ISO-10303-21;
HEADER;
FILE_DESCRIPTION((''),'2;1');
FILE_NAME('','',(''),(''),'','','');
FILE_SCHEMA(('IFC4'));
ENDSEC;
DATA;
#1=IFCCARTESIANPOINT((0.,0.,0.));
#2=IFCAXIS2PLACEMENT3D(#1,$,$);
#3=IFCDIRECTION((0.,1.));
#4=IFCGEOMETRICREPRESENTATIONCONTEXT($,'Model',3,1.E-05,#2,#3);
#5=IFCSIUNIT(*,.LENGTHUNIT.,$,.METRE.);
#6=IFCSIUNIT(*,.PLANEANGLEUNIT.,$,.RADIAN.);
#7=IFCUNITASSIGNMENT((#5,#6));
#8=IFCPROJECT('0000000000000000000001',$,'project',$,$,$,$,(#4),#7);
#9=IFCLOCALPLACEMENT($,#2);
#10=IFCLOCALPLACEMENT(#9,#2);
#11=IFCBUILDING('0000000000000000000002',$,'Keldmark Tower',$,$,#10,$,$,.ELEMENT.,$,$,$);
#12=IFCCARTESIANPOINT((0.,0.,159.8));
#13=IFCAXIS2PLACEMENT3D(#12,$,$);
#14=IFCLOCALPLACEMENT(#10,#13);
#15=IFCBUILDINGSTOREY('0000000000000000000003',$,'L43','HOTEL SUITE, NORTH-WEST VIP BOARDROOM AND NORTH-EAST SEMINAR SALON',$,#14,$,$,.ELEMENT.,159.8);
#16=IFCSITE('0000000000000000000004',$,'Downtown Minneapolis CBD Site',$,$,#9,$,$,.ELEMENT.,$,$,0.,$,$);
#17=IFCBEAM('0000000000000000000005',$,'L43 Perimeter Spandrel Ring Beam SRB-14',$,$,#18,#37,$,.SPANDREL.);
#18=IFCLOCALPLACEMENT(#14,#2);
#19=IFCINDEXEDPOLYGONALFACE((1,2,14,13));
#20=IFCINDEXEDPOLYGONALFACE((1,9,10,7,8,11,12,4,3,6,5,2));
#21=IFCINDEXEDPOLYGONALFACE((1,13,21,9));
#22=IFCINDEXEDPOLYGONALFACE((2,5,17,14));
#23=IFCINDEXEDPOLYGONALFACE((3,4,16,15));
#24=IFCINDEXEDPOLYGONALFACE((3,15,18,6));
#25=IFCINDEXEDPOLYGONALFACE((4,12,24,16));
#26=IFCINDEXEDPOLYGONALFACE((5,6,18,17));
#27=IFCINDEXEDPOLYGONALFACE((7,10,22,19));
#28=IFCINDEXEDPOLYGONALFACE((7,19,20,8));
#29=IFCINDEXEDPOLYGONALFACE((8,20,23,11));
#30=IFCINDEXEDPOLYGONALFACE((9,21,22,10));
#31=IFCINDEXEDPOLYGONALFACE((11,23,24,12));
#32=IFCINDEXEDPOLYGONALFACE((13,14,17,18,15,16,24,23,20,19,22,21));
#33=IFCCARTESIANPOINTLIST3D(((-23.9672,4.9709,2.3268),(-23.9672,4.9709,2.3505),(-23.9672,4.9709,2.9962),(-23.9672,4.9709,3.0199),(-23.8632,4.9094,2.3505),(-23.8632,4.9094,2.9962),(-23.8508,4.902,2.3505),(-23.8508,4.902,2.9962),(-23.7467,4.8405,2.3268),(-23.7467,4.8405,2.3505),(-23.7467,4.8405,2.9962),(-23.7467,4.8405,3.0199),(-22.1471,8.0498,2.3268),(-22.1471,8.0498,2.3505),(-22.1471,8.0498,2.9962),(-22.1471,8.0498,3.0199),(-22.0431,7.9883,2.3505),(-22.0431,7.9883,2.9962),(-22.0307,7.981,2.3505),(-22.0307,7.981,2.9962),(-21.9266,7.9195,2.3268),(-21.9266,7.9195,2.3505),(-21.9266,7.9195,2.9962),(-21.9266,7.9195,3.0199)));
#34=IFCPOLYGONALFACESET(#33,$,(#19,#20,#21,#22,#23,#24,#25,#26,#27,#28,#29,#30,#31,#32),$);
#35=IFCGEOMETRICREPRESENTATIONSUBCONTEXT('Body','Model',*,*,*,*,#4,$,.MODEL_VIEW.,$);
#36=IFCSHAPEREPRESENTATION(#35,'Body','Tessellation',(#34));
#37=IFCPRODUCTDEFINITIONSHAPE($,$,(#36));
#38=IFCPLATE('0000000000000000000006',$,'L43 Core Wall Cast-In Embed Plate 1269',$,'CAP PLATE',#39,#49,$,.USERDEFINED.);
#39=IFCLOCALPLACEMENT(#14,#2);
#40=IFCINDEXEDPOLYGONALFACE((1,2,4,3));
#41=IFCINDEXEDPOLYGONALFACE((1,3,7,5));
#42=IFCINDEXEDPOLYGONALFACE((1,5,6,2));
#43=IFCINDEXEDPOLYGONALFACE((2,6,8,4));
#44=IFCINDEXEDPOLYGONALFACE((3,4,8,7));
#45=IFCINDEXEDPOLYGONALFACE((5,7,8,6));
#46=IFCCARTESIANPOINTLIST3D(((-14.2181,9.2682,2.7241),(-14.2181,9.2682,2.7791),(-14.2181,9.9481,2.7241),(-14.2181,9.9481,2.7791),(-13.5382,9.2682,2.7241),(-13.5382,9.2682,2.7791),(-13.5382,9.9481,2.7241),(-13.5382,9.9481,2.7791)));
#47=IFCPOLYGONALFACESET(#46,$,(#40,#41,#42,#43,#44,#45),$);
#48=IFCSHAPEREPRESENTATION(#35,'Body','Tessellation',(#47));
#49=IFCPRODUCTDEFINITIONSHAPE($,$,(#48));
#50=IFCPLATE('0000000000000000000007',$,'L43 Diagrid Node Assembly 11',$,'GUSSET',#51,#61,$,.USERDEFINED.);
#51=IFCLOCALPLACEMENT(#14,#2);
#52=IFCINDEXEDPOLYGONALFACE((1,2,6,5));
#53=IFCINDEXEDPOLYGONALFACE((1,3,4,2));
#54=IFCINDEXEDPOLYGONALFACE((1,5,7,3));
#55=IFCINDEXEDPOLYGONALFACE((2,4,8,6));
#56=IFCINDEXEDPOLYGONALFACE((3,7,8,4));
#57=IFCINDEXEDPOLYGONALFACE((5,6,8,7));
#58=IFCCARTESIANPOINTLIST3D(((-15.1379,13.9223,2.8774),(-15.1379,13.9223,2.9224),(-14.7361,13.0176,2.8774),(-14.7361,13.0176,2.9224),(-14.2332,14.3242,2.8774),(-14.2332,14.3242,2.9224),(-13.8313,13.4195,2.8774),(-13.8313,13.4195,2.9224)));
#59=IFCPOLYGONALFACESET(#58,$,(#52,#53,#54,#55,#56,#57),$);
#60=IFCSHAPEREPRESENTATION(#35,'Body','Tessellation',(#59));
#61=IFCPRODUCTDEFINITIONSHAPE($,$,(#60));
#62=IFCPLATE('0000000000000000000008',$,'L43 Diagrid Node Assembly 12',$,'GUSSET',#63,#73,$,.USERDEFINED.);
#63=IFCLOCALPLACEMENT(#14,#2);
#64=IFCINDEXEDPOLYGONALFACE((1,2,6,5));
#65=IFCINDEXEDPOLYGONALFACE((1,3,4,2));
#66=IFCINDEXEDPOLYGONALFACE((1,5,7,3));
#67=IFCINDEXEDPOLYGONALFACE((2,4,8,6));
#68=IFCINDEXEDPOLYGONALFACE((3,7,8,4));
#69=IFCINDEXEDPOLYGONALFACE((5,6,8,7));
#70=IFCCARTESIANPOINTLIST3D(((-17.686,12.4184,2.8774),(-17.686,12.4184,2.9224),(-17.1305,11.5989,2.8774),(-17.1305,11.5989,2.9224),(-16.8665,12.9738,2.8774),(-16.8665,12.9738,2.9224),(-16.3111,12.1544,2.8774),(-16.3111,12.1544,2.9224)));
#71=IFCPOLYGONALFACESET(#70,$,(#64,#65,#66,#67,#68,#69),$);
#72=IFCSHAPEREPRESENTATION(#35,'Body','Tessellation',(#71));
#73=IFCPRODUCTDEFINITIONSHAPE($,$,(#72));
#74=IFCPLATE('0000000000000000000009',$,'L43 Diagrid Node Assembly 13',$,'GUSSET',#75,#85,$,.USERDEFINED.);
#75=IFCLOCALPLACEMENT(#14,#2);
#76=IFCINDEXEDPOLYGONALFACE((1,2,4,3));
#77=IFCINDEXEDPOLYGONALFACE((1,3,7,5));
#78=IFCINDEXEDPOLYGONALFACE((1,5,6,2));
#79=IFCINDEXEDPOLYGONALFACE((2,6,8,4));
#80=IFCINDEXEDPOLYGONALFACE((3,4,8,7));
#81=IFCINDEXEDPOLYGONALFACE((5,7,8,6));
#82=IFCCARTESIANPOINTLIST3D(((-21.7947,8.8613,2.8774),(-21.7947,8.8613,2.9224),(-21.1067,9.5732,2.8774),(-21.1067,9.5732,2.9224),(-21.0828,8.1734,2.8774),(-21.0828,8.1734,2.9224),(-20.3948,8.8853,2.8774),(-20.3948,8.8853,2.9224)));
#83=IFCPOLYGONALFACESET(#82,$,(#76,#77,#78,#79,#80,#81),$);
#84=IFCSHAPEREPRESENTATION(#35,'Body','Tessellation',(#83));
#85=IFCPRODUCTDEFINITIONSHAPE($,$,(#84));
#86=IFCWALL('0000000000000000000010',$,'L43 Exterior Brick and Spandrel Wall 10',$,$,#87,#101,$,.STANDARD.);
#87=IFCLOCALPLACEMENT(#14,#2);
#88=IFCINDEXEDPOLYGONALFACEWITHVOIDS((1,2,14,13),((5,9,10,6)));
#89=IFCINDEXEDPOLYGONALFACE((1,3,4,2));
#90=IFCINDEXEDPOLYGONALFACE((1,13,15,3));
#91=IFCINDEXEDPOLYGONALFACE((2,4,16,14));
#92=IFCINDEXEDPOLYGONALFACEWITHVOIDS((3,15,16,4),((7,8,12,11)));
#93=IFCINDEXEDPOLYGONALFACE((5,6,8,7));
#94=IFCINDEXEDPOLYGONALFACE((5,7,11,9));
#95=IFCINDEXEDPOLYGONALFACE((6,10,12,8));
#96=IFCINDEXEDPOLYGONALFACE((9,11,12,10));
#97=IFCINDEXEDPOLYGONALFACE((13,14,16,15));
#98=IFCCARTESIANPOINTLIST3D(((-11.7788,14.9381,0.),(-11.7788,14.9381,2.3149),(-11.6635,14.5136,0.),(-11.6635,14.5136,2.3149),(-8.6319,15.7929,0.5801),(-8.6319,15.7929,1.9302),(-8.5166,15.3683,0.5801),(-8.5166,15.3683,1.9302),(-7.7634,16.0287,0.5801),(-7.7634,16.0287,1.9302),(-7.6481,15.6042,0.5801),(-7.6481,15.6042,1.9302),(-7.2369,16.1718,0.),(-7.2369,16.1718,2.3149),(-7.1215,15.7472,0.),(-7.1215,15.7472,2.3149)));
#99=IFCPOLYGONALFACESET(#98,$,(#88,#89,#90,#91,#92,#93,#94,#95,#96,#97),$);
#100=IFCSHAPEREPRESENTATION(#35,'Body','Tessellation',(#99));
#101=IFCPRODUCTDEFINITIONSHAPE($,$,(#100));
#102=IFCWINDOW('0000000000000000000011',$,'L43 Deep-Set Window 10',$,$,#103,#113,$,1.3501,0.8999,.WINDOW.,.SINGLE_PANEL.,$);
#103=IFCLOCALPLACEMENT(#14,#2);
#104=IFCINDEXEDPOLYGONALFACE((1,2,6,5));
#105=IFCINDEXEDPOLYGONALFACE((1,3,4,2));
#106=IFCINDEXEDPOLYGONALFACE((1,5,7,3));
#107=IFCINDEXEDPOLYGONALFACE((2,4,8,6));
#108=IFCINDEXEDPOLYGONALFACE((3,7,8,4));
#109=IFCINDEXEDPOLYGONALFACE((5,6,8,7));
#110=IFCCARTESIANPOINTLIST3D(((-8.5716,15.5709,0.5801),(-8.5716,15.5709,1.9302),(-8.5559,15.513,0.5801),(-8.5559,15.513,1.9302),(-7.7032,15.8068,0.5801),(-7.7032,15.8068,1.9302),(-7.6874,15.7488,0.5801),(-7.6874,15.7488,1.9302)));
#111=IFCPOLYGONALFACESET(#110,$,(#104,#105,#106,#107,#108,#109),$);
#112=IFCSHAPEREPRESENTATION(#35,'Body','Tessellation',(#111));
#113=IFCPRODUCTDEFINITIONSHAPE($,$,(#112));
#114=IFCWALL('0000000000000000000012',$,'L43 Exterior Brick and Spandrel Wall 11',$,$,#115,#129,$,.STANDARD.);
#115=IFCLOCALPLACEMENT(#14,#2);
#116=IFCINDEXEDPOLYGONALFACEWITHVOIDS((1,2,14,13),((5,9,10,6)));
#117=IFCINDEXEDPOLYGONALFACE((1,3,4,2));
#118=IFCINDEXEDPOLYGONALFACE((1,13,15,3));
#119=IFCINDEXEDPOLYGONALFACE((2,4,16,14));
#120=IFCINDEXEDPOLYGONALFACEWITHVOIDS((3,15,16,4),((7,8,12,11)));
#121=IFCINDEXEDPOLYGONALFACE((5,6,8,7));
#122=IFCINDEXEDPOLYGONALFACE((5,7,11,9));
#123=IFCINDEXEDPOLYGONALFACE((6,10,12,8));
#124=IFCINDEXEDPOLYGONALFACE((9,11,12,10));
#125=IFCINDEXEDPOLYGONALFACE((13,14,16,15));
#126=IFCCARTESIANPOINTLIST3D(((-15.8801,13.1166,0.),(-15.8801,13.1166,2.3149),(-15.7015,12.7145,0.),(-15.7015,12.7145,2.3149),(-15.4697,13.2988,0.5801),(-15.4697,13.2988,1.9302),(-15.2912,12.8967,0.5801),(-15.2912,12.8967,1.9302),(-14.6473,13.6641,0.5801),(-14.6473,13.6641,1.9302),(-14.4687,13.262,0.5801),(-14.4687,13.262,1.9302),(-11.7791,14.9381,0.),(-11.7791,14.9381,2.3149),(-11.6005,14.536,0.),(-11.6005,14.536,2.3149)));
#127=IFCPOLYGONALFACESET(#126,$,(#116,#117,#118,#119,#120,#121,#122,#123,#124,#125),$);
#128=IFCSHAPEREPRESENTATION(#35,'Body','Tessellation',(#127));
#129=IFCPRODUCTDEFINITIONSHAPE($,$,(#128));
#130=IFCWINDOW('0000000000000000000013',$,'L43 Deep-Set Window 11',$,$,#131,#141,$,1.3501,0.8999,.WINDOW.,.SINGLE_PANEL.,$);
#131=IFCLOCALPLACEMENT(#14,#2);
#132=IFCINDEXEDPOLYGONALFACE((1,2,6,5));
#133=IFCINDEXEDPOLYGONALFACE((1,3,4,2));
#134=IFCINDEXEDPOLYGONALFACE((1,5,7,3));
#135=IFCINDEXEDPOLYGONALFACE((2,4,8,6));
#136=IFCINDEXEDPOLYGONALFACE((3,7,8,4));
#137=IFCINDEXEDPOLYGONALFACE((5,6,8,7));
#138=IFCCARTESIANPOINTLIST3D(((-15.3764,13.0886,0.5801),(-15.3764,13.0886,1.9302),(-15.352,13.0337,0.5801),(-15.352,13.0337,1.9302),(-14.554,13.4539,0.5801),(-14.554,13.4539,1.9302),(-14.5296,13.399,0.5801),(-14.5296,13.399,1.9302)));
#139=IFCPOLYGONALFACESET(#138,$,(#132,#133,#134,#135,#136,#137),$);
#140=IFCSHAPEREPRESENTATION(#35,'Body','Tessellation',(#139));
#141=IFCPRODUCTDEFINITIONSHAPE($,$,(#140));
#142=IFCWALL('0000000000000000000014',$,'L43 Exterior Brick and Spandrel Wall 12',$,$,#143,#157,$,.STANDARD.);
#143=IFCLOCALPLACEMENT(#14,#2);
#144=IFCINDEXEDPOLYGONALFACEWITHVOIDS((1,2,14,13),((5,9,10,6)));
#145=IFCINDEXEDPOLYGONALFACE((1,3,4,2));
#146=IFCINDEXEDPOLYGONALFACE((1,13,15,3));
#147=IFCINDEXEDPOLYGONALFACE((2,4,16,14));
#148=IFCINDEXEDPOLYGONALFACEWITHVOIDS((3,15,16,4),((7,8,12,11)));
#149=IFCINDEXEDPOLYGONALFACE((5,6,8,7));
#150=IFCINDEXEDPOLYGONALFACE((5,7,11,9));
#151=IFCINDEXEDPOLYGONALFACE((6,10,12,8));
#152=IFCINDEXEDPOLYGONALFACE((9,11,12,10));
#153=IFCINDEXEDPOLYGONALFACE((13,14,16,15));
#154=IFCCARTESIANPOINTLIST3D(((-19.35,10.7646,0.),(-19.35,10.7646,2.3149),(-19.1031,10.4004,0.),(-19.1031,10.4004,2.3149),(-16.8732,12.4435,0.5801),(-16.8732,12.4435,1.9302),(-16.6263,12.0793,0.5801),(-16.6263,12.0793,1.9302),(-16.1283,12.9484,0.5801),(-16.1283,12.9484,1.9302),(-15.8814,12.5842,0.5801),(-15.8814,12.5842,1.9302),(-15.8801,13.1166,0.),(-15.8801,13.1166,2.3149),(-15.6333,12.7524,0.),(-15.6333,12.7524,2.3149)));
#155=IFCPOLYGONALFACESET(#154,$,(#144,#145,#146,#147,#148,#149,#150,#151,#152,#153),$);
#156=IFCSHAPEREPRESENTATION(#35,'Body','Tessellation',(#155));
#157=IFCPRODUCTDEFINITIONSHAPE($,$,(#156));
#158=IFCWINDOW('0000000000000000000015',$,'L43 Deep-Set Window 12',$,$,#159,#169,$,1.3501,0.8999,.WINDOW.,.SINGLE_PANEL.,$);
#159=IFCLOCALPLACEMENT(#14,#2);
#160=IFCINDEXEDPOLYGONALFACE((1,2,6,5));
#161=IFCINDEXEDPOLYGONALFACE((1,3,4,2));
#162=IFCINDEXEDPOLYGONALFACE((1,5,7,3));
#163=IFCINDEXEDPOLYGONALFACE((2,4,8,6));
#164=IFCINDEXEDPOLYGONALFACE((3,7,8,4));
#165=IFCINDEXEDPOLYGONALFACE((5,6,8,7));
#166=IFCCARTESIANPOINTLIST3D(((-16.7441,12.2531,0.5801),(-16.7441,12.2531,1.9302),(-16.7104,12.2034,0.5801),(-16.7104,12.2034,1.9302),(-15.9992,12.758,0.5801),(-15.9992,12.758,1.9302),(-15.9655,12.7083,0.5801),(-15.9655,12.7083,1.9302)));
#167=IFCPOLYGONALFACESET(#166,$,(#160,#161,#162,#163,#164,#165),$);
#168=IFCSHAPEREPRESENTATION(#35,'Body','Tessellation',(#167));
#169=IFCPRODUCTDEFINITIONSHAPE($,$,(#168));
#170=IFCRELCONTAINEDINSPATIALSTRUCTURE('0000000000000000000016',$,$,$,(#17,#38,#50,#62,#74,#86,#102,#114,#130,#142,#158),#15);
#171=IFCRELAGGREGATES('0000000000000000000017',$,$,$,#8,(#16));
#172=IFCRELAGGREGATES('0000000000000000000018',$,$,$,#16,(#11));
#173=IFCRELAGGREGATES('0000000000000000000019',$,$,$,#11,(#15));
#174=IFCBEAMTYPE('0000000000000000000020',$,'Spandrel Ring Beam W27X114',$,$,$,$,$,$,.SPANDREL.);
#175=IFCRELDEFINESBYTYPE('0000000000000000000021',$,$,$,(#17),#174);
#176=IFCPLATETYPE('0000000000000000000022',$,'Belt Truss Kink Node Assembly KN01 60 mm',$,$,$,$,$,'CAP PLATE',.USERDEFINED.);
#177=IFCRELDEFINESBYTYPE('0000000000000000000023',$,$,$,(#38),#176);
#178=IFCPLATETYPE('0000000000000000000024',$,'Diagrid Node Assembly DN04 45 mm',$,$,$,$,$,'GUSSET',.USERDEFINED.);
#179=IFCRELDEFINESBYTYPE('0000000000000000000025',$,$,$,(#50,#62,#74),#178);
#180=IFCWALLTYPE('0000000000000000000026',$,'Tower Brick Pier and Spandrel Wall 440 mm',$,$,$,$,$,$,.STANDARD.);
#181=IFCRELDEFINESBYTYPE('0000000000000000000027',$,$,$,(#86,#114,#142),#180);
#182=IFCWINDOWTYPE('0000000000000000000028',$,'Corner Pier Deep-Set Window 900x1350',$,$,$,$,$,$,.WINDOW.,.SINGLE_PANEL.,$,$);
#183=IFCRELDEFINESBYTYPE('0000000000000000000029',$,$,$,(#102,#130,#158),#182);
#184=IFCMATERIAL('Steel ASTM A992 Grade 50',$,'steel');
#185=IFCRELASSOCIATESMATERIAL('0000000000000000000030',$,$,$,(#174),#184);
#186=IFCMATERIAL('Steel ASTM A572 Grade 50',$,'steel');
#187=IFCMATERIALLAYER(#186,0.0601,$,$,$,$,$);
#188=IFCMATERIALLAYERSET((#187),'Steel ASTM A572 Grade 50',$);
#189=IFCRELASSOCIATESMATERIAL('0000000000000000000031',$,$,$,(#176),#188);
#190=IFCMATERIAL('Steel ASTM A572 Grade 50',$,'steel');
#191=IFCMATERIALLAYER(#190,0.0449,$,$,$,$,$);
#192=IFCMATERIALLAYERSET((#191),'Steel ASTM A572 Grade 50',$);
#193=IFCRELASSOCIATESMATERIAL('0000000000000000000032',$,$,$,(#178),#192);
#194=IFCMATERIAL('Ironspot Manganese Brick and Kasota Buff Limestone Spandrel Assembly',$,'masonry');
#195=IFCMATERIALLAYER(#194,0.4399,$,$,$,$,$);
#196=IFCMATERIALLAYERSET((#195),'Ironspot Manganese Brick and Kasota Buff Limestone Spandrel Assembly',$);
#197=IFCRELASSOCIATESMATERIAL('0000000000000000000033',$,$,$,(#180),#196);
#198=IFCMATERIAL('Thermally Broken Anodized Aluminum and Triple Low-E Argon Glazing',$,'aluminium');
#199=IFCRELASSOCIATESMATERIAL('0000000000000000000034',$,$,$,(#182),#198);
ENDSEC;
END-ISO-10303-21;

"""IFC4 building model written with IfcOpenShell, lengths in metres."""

from ifc_helpers import new_model, si_unit, direction, frame, frame_2d, origin, origin_2d, place, context, subcontext, project, spatial, rectangle, i_section, extrude, material, layer, layer_set, material_profile, profile_set, type_object, element, fill, save


model = new_model("IFC4")

# Units and contexts
model_context = context("Model", 3, precision=1e-05, world=origin(), true_north=direction((0.0, 1.0)))
body_context = subcontext(model_context, "Body", "Model", "MODEL_VIEW")
ifc_project = project(units=[si_unit("LENGTHUNIT", "METRE"), si_unit("PLANEANGLEUNIT", "RADIAN")], contexts=[model_context])

# Site, building, storey
site_placement = place(None, origin())
site = spatial("IfcSite", under=ifc_project, at=site_placement, Name="Downtown Minneapolis CBD Site", CompositionType="ELEMENT", RefElevation=0.0)
building_placement = place(site_placement, origin())
building = spatial("IfcBuilding", under=site, at=building_placement, Name="Keldmark Tower", CompositionType="ELEMENT")
storey_placement = place(building_placement, frame((0.0, 0.0, 159.8)))
storey = spatial("IfcBuildingStorey", under=building, at=storey_placement, Name="L43", Description="HOTEL SUITE, NORTH-WEST VIP BOARDROOM AND NORTH-EAST SEMINAR SALON", CompositionType="ELEMENT", Elevation=159.8)

# Beam
ifc_material_1 = material(Name="Steel ASTM A992 Grade 50", Category="steel")
ifc_material_profile_1 = material_profile(ifc_material_1, i_section(OverallWidth=0.2561, OverallDepth=0.6931, WebThickness=0.0144, FlangeThickness=0.0237, at=origin_2d()), Name="W27X114")
ifc_profile_set_1 = profile_set([ifc_material_profile_1], Name="Steel ASTM A992 Grade 50")
beam_type_1 = type_object("IfcBeamType", Name="Spandrel Ring Beam W27X114", PredefinedType="SPANDREL", material=ifc_profile_set_1)
beam_1_placement = place(storey_placement, frame((-22.0369, 7.9846, 2.6733), z_axis=(-0.508883, -0.860835, 0.0), x_axis=(0.860835, -0.508883, 0.0)))
element("IfcBeam", 1, at=beam_1_placement, inside=storey, type_object=beam_type_1, Name="L43 Perimeter Spandrel Ring Beam SRB-14", PredefinedType="SPANDREL", context=body_context, shape_type="SweptSolid", body=[
    extrude(i_section(OverallWidth=0.2561, OverallDepth=0.6931, WebThickness=0.0144, FlangeThickness=0.0237, at=origin_2d()), origin(), (0.0, 0.0, 1.0), 3.5767),
])

# Plates
ifc_material_2 = material(Name="Steel ASTM A572 Grade 50", Category="steel")
ifc_layer_1 = layer(ifc_material_2, 0.0601)
ifc_layer_set_1 = layer_set([ifc_layer_1], Name="Steel ASTM A572 Grade 50")
plate_type_1 = type_object("IfcPlateType", Name="Belt Truss Kink Node Assembly KN01 60 mm", ElementType="CAP PLATE", PredefinedType="USERDEFINED", material=ifc_layer_set_1)
plate_placement = place(storey_placement, frame((-13.8782, 9.6082, 2.7241), z_axis=(0.0, 0.0, 1.0), x_axis=(1.0, 0.0, 0.0)))
element("IfcPlate", 2, at=plate_placement, inside=storey, type_object=plate_type_1, Name="L43 Core Wall Cast-In Embed Plate 1269", ObjectType="CAP PLATE", PredefinedType="USERDEFINED", context=body_context, shape_type="SweptSolid", body=[
    extrude(rectangle(XDim=0.6799, YDim=0.6799, at=origin_2d()), origin(), (0.0, 0.0, 1.0), 0.0549),
])
ifc_material_3 = material(Name="Steel ASTM A572 Grade 50", Category="steel")
ifc_layer_2 = layer(ifc_material_3, 0.0449)
ifc_layer_set_2 = layer_set([ifc_layer_2], Name="Steel ASTM A572 Grade 50")
plate_type_2 = type_object("IfcPlateType", Name="Diagrid Node Assembly DN04 45 mm", ElementType="GUSSET", PredefinedType="USERDEFINED", material=ifc_layer_set_2)
for number, where, z_axis, x_axis, name in (
    (3, (-14.4846, 13.6709, 2.8774), (0.0, 0.0, 1.0), (-0.9139, -0.405939, 0.0), "L43 Diagrid Node Assembly 11"),
    (4, (-16.9985, 12.2864, 2.8774), (0.0, 0.0, 1.0), (-0.827767, -0.561072, 0.0), "L43 Diagrid Node Assembly 12"),
    (5, (-21.0947, 8.8733, 2.8774), (0.0, 0.0, 1.0), (-0.694909, -0.719097, 0.0), "L43 Diagrid Node Assembly 13"),
):
    element("IfcPlate", number, at=place(storey_placement, frame(where, z_axis=z_axis, x_axis=x_axis)), inside=storey, type_object=plate_type_2, Name=name, ObjectType="GUSSET", PredefinedType="USERDEFINED", context=body_context, shape_type="SweptSolid", body=[
        extrude(rectangle(XDim=0.99, YDim=0.99, at=origin_2d()), origin(), (0.0, 0.0, 1.0), 0.0449),
    ])

# Walls, openings, windows
ifc_material_4 = material(Name="Ironspot Manganese Brick and Kasota Buff Limestone Spandrel Assembly", Category="masonry")
ifc_layer_3 = layer(ifc_material_4, 0.4399)
ifc_layer_set_3 = layer_set([ifc_layer_3], Name="Ironspot Manganese Brick and Kasota Buff Limestone Spandrel Assembly")
wall_type_1 = type_object("IfcWallType", Name="Tower Brick Pier and Spandrel Wall 440 mm", PredefinedType="STANDARD", material=ifc_layer_set_3)
wall_1_placement = place(storey_placement, frame((-11.7212, 14.7258, 0.0), z_axis=(0.0, 0.0, 1.0), x_axis=(0.965037, 0.262112, 0.0)))
wall_1 = element("IfcWall", 6, at=wall_1_placement, inside=storey, type_object=wall_type_1, Name="L43 Exterior Brick and Spandrel Wall 10", PredefinedType="STANDARD", context=body_context, shape_type="SweptSolid", body=[
    extrude(rectangle(XDim=4.7065, YDim=0.4399, at=frame_2d((2.3533, 0.0))), origin(), (0.0, 0.0, 1.0), 2.3149),
])
opening_1_placement = place(wall_1_placement, frame((3.261, 0.0, 0.5801)))
opening_1 = element("IfcOpeningElement", 7, at=opening_1_placement, cuts=wall_1, PredefinedType="OPENING", context=body_context, shape_type="SweptSolid", body=[
    extrude(rectangle(XDim=0.8999, YDim=1.3501, at=frame_2d((0.45, 0.675))), frame((0.0, 0.23, 0.0), z_axis=(0.0, -1.0, 0.0), x_axis=(1.0, 0.0, 0.0)), (0.0, 0.0, 1.0), 0.46),
])
ifc_material_5 = material(Name="Thermally Broken Anodized Aluminum and Triple Low-E Argon Glazing", Category="aluminium")
window_type = type_object("IfcWindowType", Name="Corner Pier Deep-Set Window 900x1350", PartitioningType="SINGLE_PANEL", PredefinedType="WINDOW", material=ifc_material_5)
window_1_placement = place(opening_1_placement, origin())
window_1 = element("IfcWindow", 8, at=window_1_placement, inside=storey, type_object=window_type, Name="L43 Deep-Set Window 10", OverallHeight=1.3501, OverallWidth=0.8999, PartitioningType="SINGLE_PANEL", PredefinedType="WINDOW", context=body_context, shape_type="SweptSolid", body=[
    extrude(rectangle(XDim=0.8999, YDim=1.3501, at=frame_2d((0.45, 0.675))), frame((0.0, -0.01, 0.0), z_axis=(0.0, -1.0, 0.0), x_axis=(1.0, 0.0, 0.0)), (0.0, 0.0, 1.0), 0.0601),
])
fill(opening_1, window_1)
wall_2_placement = place(storey_placement, frame((-15.7908, 12.9155, 0.0), z_axis=(0.0, 0.0, 1.0), x_axis=(0.913908, 0.405921, 0.0)))
wall_2 = element("IfcWall", 9, at=wall_2_placement, inside=storey, type_object=wall_type_1, Name="L43 Exterior Brick and Spandrel Wall 11", PredefinedType="STANDARD", context=body_context, shape_type="SweptSolid", body=[
    extrude(rectangle(XDim=4.4873, YDim=0.4399, at=frame_2d((2.2437, 0.0))), origin(), (0.0, 0.0, 1.0), 2.3149),
])
opening_2_placement = place(wall_2_placement, frame((0.449, 0.0, 0.5801)))
opening_2 = element("IfcOpeningElement", 10, at=opening_2_placement, cuts=wall_2, PredefinedType="OPENING", context=body_context, shape_type="SweptSolid", body=[
    extrude(rectangle(XDim=0.8999, YDim=1.3501, at=frame_2d((0.45, 0.675))), frame((0.0, 0.23, 0.0), z_axis=(0.0, -1.0, 0.0), x_axis=(1.0, 0.0, 0.0)), (0.0, 0.0, 1.0), 0.46),
])
window_2_placement = place(opening_2_placement, origin())
window_2 = element("IfcWindow", 11, at=window_2_placement, inside=storey, type_object=window_type, Name="L43 Deep-Set Window 11", OverallHeight=1.3501, OverallWidth=0.8999, PartitioningType="SINGLE_PANEL", PredefinedType="WINDOW", context=body_context, shape_type="SweptSolid", body=[
    extrude(rectangle(XDim=0.8999, YDim=1.3501, at=frame_2d((0.45, 0.675))), frame((0.0, -0.01, 0.0), z_axis=(0.0, -1.0, 0.0), x_axis=(1.0, 0.0, 0.0)), (0.0, 0.0, 1.0), 0.0601),
])
fill(opening_2, window_2)
wall_3_placement = place(storey_placement, frame((-19.2266, 10.5825, 0.0), z_axis=(0.0, 0.0, 1.0), x_axis=(0.827761, 0.561081, 0.0)))
wall_3 = element("IfcWall", 12, at=wall_3_placement, inside=storey, type_object=wall_type_1, Name="L43 Exterior Brick and Spandrel Wall 12", PredefinedType="STANDARD", context=body_context, shape_type="SweptSolid", body=[
    extrude(rectangle(XDim=4.1919, YDim=0.4399, at=frame_2d((2.0959, 0.0))), origin(), (0.0, 0.0, 1.0), 2.3149),
])
opening_3_placement = place(wall_3_placement, frame((2.9922, 0.0, 0.5801)))
opening_3 = element("IfcOpeningElement", 13, at=opening_3_placement, cuts=wall_3, PredefinedType="OPENING", context=body_context, shape_type="SweptSolid", body=[
    extrude(rectangle(XDim=0.8999, YDim=1.3501, at=frame_2d((0.45, 0.675))), frame((0.0, 0.23, 0.0), z_axis=(0.0, -1.0, 0.0), x_axis=(1.0, 0.0, 0.0)), (0.0, 0.0, 1.0), 0.46),
])
window_3_placement = place(opening_3_placement, origin())
window_3 = element("IfcWindow", 14, at=window_3_placement, inside=storey, type_object=window_type, Name="L43 Deep-Set Window 12", OverallHeight=1.3501, OverallWidth=0.8999, PartitioningType="SINGLE_PANEL", PredefinedType="WINDOW", context=body_context, shape_type="SweptSolid", body=[
    extrude(rectangle(XDim=0.8999, YDim=1.3501, at=frame_2d((0.45, 0.675))), frame((0.0, -0.01, 0.0), z_axis=(0.0, -1.0, 0.0), x_axis=(1.0, 0.0, 0.0)), (0.0, 0.0, 1.0), 0.0601),
])
fill(opening_3, window_3)

save(model, "model.ifc")
